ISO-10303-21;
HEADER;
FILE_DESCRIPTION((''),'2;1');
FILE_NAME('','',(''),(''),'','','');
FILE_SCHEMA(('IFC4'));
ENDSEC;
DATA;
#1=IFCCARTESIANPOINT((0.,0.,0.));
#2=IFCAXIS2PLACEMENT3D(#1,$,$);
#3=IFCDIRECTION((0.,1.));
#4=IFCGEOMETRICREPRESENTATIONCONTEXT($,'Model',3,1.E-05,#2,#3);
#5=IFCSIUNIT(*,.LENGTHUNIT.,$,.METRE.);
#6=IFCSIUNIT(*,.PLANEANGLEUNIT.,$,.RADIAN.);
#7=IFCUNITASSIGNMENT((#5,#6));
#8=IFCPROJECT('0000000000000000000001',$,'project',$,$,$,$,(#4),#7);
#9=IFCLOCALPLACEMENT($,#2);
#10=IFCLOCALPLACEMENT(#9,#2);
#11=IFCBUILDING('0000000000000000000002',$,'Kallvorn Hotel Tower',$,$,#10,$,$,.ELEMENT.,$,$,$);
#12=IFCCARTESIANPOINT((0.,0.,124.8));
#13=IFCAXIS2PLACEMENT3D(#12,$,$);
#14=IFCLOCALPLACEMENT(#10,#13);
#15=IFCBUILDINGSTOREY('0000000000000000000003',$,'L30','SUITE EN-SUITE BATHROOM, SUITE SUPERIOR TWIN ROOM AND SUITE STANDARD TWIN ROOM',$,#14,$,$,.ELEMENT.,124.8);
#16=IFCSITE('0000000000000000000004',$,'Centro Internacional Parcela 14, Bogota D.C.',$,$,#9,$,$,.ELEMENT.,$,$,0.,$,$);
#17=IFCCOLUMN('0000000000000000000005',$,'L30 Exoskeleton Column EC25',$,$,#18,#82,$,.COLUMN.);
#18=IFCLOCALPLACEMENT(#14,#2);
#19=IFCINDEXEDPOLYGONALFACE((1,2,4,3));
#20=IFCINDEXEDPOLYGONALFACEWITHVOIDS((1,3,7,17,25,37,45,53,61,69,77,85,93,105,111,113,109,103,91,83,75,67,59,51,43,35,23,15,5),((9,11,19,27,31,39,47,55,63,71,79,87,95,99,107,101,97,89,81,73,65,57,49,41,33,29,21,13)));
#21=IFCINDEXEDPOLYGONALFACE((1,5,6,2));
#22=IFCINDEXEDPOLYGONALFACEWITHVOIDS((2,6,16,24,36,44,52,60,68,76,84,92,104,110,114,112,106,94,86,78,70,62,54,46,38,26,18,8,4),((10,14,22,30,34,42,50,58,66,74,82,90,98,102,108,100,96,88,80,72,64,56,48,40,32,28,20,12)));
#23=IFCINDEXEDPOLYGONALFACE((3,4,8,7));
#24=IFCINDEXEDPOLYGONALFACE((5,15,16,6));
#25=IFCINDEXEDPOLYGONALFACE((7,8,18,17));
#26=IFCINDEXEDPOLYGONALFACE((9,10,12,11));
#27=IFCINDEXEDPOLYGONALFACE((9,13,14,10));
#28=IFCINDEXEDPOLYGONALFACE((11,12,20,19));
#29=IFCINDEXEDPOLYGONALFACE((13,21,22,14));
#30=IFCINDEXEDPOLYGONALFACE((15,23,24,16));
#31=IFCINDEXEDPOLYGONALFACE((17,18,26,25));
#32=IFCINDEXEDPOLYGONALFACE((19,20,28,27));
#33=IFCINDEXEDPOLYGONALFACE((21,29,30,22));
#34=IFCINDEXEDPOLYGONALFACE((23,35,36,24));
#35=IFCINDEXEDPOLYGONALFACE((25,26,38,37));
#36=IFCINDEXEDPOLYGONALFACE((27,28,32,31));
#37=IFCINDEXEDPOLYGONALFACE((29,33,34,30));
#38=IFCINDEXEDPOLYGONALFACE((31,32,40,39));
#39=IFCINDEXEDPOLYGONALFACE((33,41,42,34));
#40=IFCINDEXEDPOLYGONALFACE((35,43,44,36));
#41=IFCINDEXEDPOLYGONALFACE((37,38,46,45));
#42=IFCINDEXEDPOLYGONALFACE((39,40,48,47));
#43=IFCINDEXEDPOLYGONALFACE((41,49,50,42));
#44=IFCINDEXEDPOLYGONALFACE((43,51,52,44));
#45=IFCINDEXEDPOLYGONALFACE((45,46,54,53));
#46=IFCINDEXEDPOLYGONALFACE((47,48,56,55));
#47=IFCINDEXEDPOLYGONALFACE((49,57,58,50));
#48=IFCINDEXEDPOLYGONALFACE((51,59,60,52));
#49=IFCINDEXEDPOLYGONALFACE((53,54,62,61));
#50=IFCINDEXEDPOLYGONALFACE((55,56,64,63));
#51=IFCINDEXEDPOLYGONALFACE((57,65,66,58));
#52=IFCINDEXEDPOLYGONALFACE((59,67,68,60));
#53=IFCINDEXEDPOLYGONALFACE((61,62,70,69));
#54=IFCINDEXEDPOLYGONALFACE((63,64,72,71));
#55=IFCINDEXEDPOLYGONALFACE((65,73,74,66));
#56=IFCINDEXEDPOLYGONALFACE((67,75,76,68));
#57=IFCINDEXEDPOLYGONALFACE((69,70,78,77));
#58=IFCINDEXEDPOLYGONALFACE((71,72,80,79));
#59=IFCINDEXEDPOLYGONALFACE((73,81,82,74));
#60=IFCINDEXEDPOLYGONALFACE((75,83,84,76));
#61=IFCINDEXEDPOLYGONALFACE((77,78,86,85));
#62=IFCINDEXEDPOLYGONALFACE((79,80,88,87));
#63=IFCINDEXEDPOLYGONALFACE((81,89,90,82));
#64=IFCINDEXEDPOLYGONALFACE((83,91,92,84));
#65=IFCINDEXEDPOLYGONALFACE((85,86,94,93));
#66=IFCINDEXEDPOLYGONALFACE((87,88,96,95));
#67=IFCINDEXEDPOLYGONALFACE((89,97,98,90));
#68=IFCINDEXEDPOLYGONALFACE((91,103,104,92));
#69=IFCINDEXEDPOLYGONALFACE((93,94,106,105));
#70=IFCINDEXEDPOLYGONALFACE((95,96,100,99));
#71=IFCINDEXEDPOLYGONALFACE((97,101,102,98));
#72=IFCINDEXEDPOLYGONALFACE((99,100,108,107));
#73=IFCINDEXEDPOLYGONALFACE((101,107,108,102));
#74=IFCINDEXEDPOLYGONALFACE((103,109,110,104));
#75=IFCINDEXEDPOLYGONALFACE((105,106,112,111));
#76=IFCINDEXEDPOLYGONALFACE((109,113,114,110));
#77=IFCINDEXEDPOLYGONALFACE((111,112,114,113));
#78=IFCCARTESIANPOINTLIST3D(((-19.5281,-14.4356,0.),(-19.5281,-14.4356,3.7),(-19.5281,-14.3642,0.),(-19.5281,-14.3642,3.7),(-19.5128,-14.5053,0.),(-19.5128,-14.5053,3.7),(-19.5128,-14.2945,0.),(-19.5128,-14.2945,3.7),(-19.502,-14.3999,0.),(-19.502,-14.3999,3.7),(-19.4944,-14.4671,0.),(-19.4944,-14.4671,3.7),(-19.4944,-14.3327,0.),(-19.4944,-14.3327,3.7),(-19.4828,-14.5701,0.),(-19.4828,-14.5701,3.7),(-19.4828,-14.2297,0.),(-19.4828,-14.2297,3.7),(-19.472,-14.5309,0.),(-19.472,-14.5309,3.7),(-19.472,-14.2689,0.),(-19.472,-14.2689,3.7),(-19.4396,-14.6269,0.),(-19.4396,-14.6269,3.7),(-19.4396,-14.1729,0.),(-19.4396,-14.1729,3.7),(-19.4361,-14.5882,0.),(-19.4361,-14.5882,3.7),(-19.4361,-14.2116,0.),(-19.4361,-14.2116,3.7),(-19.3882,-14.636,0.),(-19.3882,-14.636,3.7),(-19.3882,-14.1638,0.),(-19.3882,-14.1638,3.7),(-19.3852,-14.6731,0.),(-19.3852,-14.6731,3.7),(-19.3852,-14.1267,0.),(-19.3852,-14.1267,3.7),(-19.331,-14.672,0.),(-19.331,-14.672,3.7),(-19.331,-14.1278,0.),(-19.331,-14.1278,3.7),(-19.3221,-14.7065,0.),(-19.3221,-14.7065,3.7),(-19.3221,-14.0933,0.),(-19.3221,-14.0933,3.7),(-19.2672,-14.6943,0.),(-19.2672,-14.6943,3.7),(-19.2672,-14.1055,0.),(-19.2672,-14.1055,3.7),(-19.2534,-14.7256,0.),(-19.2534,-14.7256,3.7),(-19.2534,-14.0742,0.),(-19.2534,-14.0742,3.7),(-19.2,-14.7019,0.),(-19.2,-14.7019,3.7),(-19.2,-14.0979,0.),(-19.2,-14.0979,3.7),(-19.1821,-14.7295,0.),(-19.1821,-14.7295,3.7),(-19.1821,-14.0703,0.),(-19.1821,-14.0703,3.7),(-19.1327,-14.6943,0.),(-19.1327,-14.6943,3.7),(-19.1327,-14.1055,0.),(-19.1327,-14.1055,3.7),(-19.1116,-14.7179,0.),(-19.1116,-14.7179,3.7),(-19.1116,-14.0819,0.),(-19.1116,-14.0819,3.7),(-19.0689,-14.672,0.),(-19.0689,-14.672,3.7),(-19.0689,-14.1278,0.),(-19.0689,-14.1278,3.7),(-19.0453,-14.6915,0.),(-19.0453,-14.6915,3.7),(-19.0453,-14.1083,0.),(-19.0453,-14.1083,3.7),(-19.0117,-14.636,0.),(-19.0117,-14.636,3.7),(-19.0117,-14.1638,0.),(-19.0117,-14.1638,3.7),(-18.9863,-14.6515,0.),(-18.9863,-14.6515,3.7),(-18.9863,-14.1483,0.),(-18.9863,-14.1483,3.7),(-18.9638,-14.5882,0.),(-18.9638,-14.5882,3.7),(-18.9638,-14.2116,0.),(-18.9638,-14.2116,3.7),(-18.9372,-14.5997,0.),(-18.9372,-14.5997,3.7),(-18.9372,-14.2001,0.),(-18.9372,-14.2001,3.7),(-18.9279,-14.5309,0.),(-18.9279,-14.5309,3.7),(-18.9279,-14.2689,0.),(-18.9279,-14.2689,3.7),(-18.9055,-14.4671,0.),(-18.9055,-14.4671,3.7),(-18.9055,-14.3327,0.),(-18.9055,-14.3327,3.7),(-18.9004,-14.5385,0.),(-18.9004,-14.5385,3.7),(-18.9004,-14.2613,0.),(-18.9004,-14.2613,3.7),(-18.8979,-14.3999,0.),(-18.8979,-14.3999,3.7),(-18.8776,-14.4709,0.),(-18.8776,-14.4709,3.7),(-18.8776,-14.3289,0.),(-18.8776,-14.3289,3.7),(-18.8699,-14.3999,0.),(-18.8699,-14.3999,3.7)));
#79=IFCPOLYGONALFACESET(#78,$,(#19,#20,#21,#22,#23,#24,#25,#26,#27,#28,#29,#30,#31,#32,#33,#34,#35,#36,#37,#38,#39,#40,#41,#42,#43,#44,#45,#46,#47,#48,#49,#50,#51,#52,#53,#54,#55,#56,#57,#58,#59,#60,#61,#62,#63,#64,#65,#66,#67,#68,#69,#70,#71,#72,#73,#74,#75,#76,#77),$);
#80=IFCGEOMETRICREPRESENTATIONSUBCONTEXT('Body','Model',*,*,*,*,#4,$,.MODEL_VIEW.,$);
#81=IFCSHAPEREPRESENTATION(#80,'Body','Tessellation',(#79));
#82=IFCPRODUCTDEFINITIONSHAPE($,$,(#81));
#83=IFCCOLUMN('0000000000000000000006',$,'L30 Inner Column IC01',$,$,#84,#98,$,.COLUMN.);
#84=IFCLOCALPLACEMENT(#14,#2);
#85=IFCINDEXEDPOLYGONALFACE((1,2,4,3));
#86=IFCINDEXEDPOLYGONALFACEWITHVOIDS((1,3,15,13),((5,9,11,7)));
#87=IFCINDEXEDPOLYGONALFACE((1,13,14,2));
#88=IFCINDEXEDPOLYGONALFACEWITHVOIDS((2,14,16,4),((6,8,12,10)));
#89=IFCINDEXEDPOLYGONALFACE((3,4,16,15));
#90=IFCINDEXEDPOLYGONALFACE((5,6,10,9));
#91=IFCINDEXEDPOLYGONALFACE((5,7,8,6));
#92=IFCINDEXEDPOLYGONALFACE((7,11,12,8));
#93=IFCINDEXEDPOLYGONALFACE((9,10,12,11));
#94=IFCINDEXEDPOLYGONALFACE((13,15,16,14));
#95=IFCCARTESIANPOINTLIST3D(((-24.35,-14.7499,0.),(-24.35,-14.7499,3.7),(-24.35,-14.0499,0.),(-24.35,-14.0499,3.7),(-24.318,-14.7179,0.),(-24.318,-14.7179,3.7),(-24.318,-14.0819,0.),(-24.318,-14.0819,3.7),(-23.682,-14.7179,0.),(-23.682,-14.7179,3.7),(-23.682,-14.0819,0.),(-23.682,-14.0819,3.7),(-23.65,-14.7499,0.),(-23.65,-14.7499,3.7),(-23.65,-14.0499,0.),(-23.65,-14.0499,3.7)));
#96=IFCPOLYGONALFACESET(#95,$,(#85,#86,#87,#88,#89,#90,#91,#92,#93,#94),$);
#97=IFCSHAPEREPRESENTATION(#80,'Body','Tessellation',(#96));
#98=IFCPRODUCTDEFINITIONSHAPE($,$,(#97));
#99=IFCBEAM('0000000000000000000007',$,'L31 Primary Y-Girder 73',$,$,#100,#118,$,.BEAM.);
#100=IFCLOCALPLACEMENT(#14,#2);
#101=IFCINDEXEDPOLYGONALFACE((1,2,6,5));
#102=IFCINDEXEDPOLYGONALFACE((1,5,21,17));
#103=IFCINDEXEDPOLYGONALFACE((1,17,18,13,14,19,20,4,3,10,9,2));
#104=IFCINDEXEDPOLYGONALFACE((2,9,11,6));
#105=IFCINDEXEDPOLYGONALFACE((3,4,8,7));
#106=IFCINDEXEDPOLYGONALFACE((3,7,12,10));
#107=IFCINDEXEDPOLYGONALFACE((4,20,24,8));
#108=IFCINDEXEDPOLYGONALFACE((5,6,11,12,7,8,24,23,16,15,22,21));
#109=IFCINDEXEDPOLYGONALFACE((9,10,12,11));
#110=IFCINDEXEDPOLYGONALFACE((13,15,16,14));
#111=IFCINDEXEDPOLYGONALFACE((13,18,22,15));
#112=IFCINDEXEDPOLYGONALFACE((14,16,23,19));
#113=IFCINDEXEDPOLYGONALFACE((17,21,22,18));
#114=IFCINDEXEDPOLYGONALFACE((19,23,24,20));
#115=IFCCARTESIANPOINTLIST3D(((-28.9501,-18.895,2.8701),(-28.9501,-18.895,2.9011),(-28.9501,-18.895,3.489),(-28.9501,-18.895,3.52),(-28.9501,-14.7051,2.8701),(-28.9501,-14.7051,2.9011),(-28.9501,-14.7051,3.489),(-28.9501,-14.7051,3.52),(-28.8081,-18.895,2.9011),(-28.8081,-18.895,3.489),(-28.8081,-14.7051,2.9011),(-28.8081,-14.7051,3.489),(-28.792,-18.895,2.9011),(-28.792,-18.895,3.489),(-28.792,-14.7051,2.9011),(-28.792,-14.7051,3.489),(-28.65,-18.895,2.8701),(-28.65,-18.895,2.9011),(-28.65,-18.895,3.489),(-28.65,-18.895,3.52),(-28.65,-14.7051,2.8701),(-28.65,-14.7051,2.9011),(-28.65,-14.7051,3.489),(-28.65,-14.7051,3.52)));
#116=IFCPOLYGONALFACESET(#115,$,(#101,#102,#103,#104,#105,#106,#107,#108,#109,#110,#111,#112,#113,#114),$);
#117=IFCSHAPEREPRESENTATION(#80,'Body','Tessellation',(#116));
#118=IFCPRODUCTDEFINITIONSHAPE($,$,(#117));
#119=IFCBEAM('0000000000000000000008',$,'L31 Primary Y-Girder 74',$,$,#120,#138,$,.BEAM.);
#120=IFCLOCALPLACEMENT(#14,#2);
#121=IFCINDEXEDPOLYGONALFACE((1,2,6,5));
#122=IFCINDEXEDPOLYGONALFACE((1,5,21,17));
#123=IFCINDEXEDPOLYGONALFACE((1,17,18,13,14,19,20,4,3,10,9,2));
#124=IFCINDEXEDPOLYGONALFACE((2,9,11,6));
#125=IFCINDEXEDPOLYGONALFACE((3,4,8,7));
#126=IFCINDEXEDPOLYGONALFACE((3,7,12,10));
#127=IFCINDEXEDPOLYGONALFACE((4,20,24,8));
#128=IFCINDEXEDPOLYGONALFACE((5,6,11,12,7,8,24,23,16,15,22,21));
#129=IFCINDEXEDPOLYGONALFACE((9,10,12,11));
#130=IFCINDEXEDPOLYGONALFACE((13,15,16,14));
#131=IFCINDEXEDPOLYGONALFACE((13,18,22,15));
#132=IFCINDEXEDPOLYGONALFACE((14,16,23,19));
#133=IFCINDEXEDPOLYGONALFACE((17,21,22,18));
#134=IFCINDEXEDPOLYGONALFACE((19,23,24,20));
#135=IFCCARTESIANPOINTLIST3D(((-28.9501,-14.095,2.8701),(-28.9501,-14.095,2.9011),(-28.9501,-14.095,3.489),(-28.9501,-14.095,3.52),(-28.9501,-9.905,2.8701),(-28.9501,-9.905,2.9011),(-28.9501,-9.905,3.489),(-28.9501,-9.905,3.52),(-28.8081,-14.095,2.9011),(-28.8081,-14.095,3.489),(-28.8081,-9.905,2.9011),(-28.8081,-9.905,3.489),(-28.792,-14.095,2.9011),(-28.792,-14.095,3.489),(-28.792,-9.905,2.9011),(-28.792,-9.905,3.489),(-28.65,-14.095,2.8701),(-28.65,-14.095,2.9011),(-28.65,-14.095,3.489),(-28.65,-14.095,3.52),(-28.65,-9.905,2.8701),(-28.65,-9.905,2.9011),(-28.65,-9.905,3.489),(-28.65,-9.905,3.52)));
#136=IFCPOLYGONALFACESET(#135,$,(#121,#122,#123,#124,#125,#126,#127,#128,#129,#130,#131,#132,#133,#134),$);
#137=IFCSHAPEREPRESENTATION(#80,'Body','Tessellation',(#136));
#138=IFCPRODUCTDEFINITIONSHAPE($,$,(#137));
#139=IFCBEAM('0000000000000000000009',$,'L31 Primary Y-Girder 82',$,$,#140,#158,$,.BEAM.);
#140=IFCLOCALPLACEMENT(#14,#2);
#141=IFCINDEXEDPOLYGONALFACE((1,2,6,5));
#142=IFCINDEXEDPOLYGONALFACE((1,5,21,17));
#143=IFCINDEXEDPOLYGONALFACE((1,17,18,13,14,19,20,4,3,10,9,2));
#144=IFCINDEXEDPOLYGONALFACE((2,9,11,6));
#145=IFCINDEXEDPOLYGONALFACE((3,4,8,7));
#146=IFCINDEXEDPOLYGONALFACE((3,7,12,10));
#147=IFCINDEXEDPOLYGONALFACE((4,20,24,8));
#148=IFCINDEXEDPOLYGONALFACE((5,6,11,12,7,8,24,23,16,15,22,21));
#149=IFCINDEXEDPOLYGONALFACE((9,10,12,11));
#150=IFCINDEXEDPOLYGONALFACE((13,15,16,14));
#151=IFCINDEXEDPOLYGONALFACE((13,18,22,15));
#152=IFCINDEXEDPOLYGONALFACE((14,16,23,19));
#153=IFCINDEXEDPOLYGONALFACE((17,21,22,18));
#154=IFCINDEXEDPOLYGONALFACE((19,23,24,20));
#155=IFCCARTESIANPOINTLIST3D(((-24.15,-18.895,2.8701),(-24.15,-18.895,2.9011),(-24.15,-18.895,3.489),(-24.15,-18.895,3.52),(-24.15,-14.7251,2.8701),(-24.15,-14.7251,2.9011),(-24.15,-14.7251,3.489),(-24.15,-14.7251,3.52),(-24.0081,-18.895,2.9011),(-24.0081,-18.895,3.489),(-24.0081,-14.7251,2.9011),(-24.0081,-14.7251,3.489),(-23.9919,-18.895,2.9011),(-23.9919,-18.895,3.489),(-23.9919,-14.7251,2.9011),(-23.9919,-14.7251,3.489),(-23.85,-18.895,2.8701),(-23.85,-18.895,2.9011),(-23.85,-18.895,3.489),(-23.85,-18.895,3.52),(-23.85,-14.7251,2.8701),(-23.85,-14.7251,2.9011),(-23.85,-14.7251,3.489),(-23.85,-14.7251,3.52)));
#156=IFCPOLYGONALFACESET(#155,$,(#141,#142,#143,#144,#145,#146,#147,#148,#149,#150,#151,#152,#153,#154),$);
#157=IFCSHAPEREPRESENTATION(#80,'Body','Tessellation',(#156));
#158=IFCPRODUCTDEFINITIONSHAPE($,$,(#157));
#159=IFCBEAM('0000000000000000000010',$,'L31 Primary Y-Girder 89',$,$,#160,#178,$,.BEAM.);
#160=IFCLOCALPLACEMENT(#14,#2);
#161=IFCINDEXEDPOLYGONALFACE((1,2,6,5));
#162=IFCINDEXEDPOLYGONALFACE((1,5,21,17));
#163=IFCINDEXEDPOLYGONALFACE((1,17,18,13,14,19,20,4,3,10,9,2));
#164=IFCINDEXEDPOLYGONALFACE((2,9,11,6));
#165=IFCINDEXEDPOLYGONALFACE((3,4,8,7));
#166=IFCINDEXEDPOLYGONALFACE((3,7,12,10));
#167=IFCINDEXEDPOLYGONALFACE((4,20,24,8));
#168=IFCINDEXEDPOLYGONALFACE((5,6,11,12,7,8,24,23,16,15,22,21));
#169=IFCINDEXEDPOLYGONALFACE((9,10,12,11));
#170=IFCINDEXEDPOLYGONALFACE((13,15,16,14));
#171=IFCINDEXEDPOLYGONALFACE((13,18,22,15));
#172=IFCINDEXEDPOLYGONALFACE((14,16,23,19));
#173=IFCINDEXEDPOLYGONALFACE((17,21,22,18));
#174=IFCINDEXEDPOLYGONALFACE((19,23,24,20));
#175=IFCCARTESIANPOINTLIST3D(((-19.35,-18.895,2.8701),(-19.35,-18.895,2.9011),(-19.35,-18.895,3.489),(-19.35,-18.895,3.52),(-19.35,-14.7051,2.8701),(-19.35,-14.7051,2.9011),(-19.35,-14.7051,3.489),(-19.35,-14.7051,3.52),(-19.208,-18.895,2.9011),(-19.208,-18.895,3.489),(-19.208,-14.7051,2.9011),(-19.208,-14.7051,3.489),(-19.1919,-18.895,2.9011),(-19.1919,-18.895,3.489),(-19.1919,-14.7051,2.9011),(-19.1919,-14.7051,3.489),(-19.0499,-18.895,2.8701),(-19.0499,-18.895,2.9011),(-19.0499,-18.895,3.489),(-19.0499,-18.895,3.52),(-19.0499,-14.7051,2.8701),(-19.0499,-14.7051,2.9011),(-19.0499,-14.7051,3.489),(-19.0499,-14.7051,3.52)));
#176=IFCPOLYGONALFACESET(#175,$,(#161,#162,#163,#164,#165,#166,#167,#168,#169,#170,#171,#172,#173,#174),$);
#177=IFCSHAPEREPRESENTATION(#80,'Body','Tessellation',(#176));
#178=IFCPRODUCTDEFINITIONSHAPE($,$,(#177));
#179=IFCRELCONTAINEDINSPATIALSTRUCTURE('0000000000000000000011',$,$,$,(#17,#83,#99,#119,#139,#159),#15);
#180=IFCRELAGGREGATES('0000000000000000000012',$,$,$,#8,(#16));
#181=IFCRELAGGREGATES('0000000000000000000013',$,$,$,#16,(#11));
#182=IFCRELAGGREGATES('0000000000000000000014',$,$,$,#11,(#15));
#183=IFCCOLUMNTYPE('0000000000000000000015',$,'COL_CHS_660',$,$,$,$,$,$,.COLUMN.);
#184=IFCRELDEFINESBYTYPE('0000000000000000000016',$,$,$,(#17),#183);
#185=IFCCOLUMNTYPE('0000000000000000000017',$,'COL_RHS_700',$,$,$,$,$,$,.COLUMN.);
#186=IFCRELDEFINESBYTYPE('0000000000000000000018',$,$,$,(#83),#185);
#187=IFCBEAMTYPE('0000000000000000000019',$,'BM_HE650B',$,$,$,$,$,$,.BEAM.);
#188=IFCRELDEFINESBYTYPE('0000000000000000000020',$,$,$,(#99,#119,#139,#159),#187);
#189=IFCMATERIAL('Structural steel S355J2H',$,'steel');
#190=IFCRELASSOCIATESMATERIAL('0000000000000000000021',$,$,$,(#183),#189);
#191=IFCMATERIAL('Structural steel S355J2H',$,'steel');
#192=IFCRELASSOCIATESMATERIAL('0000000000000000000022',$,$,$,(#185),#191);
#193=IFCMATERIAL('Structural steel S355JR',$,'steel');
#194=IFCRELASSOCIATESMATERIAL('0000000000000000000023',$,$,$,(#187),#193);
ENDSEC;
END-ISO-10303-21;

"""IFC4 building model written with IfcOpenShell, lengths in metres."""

from ifc_helpers import new_model, si_unit, direction, frame, origin, origin_2d, place, context, subcontext, project, spatial, hollow_rectangle, hollow_circle, i_section, extrude, material, material_profile, profile_set, type_object, element, save


model = new_model("IFC4")

# Units and contexts
model_context = context("Model", 3, precision=1e-05, world=origin(), true_north=direction((0.0, 1.0)))
body_context = subcontext(model_context, "Body", "Model", "MODEL_VIEW")
ifc_project = project(units=[si_unit("LENGTHUNIT", "METRE"), si_unit("PLANEANGLEUNIT", "RADIAN")], contexts=[model_context])

# Site, building, storey
site_placement = place(None, origin())
site = spatial("IfcSite", under=ifc_project, at=site_placement, Name="Centro Internacional Parcela 14, Bogota D.C.", CompositionType="ELEMENT", RefElevation=0.0)
building_placement = place(site_placement, origin())
building = spatial("IfcBuilding", under=site, at=building_placement, Name="Kallvorn Hotel Tower", CompositionType="ELEMENT")
storey_placement = place(building_placement, frame((0.0, 0.0, 124.8)))
storey = spatial("IfcBuildingStorey", under=building, at=storey_placement, Name="L30", Description="SUITE EN-SUITE BATHROOM, SUITE SUPERIOR TWIN ROOM AND SUITE STANDARD TWIN ROOM", CompositionType="ELEMENT", Elevation=124.8)

# Columns
ifc_material_1 = material(Name="Structural steel S355J2H", Category="steel")
ifc_material_profile_1 = material_profile(ifc_material_1, hollow_circle(Radius=0.3301, WallThickness=0.0281, at=origin_2d()), Name="CHS 660x28")
ifc_profile_set_1 = profile_set([ifc_material_profile_1], Name="Structural steel S355J2H")
column_type_1 = type_object("IfcColumnType", Name="COL_CHS_660", PredefinedType="COLUMN", material=ifc_profile_set_1)
for number, where, z_axis, x_axis, name in (
    (1, (-19.2, -14.3999, 0.0), (0.0, 0.0, 1.0), (1.0, 0.0, 0.0), "L30 Exoskeleton Column EC25"),
):
    element("IfcColumn", number, at=place(storey_placement, frame(where, z_axis=z_axis, x_axis=x_axis)), inside=storey, type_object=column_type_1, Name=name, PredefinedType="COLUMN", context=body_context, shape_type="SweptSolid", body=[
        extrude(hollow_circle(Radius=0.3301, WallThickness=0.0281, at=origin_2d()), origin(), (0.0, 0.0, 1.0), 3.7),
    ])
ifc_material_2 = material(Name="Structural steel S355J2H", Category="steel")
ifc_material_profile_2 = material_profile(ifc_material_2, hollow_rectangle(XDim=0.7, YDim=0.7, WallThickness=0.032, at=origin_2d()), Name="RHS 700x700x32")
ifc_profile_set_2 = profile_set([ifc_material_profile_2], Name="Structural steel S355J2H")
column_type_2 = type_object("IfcColumnType", Name="COL_RHS_700", PredefinedType="COLUMN", material=ifc_profile_set_2)
column_1_placement = place(storey_placement, frame((-24.0, -14.3999, 0.0), z_axis=(0.0, 0.0, 1.0), x_axis=(1.0, 0.0, 0.0)))
element("IfcColumn", 2, at=column_1_placement, inside=storey, type_object=column_type_2, Name="L30 Inner Column IC01", PredefinedType="COLUMN", context=body_context, shape_type="SweptSolid", body=[
    extrude(hollow_rectangle(XDim=0.7, YDim=0.7, WallThickness=0.032, at=origin_2d()), origin(), (0.0, 0.0, 1.0), 3.7),
])

# Beams
ifc_material_3 = material(Name="Structural steel S355JR", Category="steel")
ifc_material_profile_3 = material_profile(ifc_material_3, i_section(OverallWidth=0.3, OverallDepth=0.6499, WebThickness=0.0161, FlangeThickness=0.031, at=origin_2d()), Name="HE 650 B")
ifc_profile_set_3 = profile_set([ifc_material_profile_3], Name="Structural steel S355JR")
beam_type_1 = type_object("IfcBeamType", Name="BM_HE650B", PredefinedType="BEAM", material=ifc_profile_set_3)
for number, where, z_axis, x_axis, name in (
    (3, (-28.8, -18.895, 3.1951), (0.0, 1.0, 0.0), (-1.0, 0.0, 0.0), "L31 Primary Y-Girder 73"),
    (4, (-28.8, -14.095, 3.1951), (0.0, 1.0, 0.0), (-1.0, 0.0, 0.0), "L31 Primary Y-Girder 74"),
):
    element("IfcBeam", number, at=place(storey_placement, frame(where, z_axis=z_axis, x_axis=x_axis)), inside=storey, type_object=beam_type_1, Name=name, PredefinedType="BEAM", context=body_context, shape_type="SweptSolid", body=[
        extrude(i_section(OverallWidth=0.3, OverallDepth=0.6499, WebThickness=0.0161, FlangeThickness=0.031, at=origin_2d()), origin(), (0.0, 0.0, 1.0), 4.1899),
    ])
beam_1_placement = place(storey_placement, frame((-24.0, -18.895, 3.1951), z_axis=(0.0, 1.0, 0.0), x_axis=(-1.0, 0.0, 0.0)))
element("IfcBeam", 5, at=beam_1_placement, inside=storey, type_object=beam_type_1, Name="L31 Primary Y-Girder 82", PredefinedType="BEAM", context=body_context, shape_type="SweptSolid", body=[
    extrude(i_section(OverallWidth=0.3, OverallDepth=0.6499, WebThickness=0.0161, FlangeThickness=0.031, at=origin_2d()), origin(), (0.0, 0.0, 1.0), 4.1699),
])
beam_2_placement = place(storey_placement, frame((-19.2, -18.895, 3.1951), z_axis=(0.0, 1.0, 0.0), x_axis=(-1.0, 0.0, 0.0)))
element("IfcBeam", 6, at=beam_2_placement, inside=storey, type_object=beam_type_1, Name="L31 Primary Y-Girder 89", PredefinedType="BEAM", context=body_context, shape_type="SweptSolid", body=[
    extrude(i_section(OverallWidth=0.3, OverallDepth=0.6499, WebThickness=0.0161, FlangeThickness=0.031, at=origin_2d()), origin(), (0.0, 0.0, 1.0), 4.1899),
])

save(model, "model.ifc")
